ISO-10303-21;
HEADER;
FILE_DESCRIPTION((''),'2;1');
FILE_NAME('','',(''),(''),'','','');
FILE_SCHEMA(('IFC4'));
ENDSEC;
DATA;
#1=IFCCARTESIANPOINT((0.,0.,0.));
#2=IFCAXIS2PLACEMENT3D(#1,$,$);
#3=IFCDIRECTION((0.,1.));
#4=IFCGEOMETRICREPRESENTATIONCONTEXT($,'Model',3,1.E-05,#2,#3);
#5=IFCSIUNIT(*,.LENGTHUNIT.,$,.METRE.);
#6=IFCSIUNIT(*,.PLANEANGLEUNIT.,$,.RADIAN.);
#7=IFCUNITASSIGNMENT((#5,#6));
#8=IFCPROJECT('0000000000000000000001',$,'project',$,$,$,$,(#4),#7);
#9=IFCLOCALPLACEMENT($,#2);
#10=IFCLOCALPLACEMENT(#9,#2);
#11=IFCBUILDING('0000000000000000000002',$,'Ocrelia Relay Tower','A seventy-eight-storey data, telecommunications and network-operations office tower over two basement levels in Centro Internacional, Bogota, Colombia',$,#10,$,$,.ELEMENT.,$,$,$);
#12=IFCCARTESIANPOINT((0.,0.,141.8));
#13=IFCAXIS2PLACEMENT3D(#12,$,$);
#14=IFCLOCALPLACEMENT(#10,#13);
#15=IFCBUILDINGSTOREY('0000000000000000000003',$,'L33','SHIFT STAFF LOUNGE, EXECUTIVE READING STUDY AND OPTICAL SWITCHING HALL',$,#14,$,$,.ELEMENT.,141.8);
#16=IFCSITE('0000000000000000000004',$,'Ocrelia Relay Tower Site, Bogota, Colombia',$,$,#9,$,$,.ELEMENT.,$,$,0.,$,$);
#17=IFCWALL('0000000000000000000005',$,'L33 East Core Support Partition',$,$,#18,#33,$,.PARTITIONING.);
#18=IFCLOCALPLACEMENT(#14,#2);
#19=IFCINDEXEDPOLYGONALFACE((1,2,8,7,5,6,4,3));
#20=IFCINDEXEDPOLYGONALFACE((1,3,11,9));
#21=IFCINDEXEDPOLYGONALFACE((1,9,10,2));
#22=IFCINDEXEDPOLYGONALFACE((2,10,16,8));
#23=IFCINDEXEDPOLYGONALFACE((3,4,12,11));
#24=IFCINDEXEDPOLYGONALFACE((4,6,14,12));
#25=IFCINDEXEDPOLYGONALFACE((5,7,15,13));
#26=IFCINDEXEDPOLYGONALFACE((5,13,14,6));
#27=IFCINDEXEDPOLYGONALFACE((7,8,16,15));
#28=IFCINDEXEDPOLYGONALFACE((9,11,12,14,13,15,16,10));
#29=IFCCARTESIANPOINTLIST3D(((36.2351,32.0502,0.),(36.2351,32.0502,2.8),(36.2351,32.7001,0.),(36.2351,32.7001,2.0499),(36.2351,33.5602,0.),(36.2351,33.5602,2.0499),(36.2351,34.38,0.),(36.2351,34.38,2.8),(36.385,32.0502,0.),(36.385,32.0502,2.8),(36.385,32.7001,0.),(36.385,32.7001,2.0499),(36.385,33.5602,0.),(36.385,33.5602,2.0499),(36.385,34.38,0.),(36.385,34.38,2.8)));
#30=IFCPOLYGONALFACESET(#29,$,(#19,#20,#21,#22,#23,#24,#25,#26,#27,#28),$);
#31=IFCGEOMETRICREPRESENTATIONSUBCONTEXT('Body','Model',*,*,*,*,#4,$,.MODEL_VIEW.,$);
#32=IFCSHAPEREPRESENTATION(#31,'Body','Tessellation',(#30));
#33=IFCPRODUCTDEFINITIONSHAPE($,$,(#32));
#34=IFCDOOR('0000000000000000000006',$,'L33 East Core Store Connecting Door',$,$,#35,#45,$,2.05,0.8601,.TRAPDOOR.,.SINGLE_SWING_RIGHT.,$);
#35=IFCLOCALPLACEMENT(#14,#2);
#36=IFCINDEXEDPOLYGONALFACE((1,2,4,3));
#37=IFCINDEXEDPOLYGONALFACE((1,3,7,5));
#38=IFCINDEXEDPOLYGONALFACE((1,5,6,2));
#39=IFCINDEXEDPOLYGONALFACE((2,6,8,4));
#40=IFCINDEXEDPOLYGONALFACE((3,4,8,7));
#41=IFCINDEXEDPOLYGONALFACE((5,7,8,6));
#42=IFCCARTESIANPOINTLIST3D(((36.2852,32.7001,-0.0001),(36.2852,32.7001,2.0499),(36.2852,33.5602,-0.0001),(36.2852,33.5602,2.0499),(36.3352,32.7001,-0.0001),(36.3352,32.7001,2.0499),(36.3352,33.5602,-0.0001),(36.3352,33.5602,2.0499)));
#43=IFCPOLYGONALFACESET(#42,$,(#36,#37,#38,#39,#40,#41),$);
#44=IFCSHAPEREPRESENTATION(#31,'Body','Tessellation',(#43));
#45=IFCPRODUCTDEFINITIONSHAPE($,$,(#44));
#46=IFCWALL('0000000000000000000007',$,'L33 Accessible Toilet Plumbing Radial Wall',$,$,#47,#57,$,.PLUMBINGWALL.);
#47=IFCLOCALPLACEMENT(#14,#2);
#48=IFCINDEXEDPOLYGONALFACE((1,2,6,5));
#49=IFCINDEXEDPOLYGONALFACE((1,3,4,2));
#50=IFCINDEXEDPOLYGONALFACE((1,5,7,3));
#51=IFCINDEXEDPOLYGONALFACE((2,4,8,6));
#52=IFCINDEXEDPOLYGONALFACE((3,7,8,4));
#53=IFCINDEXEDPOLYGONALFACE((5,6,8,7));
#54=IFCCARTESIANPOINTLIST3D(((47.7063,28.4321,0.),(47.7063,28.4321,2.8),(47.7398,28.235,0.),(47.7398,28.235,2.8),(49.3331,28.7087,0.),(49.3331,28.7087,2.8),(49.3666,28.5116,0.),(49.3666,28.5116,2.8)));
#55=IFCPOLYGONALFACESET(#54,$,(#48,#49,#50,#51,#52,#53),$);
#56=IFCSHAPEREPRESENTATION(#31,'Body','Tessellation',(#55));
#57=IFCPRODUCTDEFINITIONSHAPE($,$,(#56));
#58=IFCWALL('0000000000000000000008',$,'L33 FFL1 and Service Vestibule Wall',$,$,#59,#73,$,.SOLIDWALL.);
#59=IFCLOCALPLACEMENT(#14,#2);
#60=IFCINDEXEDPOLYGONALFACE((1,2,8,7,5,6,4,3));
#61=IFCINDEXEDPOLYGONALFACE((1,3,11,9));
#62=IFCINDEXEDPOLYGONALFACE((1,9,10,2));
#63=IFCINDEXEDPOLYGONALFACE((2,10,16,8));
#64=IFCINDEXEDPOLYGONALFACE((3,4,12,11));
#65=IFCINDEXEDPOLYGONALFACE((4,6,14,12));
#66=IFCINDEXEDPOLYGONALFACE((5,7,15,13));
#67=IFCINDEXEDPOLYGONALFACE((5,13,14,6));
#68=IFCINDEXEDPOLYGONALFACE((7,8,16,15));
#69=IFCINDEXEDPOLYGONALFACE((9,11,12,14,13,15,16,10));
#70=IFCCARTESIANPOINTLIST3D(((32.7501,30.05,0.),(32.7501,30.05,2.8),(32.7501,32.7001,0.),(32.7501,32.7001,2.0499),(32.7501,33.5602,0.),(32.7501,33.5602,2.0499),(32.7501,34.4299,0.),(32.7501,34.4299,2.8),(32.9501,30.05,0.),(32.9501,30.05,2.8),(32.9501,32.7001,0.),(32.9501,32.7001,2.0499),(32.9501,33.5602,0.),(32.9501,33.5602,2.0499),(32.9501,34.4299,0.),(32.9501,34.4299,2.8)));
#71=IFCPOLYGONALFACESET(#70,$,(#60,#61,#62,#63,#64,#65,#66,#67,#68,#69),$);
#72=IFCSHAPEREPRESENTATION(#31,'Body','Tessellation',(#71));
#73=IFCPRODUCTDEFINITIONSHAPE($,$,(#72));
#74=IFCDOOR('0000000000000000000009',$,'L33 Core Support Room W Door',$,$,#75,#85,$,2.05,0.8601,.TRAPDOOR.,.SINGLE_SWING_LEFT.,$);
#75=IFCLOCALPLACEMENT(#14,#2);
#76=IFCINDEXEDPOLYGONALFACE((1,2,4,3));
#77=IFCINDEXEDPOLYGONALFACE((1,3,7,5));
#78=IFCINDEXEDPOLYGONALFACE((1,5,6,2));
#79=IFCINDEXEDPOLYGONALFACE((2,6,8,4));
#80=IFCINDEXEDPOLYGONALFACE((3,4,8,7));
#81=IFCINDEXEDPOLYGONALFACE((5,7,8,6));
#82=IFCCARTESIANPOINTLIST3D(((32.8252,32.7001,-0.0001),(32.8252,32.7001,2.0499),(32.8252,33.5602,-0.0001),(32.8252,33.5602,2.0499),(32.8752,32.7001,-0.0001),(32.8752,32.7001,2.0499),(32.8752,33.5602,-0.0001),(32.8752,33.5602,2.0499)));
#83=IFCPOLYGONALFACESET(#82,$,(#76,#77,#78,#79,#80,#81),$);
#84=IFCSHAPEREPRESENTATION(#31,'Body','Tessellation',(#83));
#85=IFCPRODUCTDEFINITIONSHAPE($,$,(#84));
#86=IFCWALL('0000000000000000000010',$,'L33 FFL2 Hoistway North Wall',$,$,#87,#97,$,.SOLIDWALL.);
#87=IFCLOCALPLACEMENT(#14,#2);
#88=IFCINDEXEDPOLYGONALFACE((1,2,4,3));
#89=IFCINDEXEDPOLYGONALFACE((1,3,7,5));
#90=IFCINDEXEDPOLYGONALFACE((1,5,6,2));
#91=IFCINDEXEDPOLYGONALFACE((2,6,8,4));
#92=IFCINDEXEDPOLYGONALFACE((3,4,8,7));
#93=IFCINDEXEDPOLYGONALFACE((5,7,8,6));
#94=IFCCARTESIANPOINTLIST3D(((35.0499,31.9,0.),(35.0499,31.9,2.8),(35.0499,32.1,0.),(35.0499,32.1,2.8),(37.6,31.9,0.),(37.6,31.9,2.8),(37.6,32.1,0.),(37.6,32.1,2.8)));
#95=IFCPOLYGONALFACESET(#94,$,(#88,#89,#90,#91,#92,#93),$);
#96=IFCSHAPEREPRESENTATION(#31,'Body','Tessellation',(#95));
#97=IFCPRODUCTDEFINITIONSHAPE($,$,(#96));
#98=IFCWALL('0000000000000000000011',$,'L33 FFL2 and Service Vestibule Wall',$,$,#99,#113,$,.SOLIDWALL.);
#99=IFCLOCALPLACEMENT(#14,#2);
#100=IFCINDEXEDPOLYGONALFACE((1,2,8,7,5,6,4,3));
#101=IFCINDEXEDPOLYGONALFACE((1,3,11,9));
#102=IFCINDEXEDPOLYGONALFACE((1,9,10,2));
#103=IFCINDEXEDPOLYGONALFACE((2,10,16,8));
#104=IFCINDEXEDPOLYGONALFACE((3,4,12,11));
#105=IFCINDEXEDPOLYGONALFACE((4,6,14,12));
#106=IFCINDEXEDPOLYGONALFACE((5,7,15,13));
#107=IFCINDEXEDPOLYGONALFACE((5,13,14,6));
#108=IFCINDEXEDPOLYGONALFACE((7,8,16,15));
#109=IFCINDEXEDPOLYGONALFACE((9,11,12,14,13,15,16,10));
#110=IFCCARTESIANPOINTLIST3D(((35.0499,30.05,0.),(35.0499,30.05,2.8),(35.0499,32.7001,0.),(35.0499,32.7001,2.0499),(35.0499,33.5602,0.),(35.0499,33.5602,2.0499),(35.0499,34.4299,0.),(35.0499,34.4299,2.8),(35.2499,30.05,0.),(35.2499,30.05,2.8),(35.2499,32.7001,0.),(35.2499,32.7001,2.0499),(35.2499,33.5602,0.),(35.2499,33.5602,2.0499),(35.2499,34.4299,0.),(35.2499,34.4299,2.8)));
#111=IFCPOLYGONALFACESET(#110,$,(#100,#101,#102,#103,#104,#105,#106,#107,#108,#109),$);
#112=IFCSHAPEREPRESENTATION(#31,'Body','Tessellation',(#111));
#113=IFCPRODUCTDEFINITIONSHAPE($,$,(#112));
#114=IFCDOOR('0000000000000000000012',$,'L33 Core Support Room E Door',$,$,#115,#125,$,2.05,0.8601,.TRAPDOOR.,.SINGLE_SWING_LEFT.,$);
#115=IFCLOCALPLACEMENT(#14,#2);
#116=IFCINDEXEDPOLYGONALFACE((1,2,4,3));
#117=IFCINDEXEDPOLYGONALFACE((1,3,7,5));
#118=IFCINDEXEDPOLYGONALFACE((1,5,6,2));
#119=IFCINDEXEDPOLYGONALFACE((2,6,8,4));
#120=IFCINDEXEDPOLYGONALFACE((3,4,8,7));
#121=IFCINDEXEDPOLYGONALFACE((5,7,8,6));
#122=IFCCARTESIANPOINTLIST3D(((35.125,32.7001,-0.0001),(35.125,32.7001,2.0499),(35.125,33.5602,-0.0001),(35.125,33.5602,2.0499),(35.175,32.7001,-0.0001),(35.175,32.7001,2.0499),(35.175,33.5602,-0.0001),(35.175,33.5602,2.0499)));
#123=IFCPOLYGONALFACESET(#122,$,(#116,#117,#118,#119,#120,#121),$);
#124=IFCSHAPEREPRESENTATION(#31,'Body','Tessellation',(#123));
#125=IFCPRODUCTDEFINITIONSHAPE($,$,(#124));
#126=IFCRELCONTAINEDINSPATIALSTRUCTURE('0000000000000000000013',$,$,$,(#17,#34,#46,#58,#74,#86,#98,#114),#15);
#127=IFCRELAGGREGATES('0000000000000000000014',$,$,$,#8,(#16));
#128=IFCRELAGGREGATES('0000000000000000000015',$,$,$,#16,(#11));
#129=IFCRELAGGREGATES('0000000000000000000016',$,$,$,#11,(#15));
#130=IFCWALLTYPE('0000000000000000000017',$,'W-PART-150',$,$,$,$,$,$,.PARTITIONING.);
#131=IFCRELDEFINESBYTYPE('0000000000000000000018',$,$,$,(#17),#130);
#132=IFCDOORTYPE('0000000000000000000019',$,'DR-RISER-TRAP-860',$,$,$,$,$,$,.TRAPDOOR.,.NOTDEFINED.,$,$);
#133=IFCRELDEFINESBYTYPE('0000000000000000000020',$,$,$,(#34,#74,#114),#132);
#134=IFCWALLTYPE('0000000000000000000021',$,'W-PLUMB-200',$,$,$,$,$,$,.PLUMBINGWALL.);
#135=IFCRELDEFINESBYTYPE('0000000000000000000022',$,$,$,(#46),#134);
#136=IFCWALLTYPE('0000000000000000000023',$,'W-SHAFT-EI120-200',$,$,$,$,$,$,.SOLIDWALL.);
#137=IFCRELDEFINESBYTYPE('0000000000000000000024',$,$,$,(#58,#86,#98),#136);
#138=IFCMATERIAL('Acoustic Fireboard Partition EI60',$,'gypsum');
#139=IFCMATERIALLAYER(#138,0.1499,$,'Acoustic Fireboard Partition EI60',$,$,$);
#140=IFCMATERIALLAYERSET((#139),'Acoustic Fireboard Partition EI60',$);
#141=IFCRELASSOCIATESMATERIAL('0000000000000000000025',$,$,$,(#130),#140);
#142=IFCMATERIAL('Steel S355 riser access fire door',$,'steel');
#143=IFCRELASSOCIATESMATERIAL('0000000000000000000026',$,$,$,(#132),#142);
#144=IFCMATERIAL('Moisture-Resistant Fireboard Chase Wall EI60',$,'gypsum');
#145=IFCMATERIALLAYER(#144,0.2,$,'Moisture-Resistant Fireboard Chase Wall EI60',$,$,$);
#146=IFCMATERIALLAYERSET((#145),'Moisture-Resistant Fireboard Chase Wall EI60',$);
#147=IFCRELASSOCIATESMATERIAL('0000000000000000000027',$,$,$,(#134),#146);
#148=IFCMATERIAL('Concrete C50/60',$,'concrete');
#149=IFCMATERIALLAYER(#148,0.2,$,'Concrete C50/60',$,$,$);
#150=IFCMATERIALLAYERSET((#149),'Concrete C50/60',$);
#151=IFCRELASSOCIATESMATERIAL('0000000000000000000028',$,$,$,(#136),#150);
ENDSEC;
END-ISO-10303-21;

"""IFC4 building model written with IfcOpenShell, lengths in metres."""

from ifc_helpers import new_model, si_unit, direction, frame, frame_2d, origin, place, context, subcontext, project, spatial, rectangle, extrude, material, layer, layer_set, type_object, element, fill, save


model = new_model("IFC4")

# Units and contexts
model_context = context("Model", 3, precision=1e-05, world=origin(), true_north=direction((0.0, 1.0)))
body_context = subcontext(model_context, "Body", "Model", "MODEL_VIEW")
ifc_project = project(units=[si_unit("LENGTHUNIT", "METRE"), si_unit("PLANEANGLEUNIT", "RADIAN")], contexts=[model_context])

# Site, building, storey
site_placement = place(None, origin())
site = spatial("IfcSite", under=ifc_project, at=site_placement, Name="Ocrelia Relay Tower Site, Bogota, Colombia", CompositionType="ELEMENT", RefElevation=0.0)
building_placement = place(site_placement, origin())
building = spatial("IfcBuilding", under=site, at=building_placement, Name="Ocrelia Relay Tower", Description="A seventy-eight-storey data, telecommunications and network-operations office tower over two basement levels in Centro Internacional, Bogota, Colombia", CompositionType="ELEMENT")
storey_placement = place(building_placement, frame((0.0, 0.0, 141.8)))
storey = spatial("IfcBuildingStorey", under=building, at=storey_placement, Name="L33", Description="SHIFT STAFF LOUNGE, EXECUTIVE READING STUDY AND OPTICAL SWITCHING HALL", CompositionType="ELEMENT", Elevation=141.8)

# Shared definitions
ifc_material_1 = material(Name="Concrete C50/60", Category="concrete")

# Wall, opening, door
ifc_material_2 = material(Name="Acoustic Fireboard Partition EI60", Category="gypsum")
ifc_layer_1 = layer(ifc_material_2, 0.1499, Name="Acoustic Fireboard Partition EI60")
ifc_layer_set_1 = layer_set([ifc_layer_1], Name="Acoustic Fireboard Partition EI60")
wall_type_1 = type_object("IfcWallType", Name="W-PART-150", PredefinedType="PARTITIONING", material=ifc_layer_set_1)
ifc_material_3 = material(Name="Steel S355 riser access fire door", Category="steel")
door_type_1 = type_object("IfcDoorType", Name="DR-RISER-TRAP-860", OperationType="NOTDEFINED", PredefinedType="TRAPDOOR", material=ifc_material_3)
wall_1_placement = place(storey_placement, frame((36.3101, 32.05, 0.0), z_axis=(0.0, 0.0, 1.0), x_axis=(0.0, 1.0, 0.0)))
wall_1 = element("IfcWall", 1, at=wall_1_placement, inside=storey, type_object=wall_type_1, Name="L33 East Core Support Partition", PredefinedType="PARTITIONING", context=body_context, shape_type="SweptSolid", body=[
    extrude(rectangle(XDim=2.3298, YDim=0.1499, at=frame_2d((1.165, 0.0))), origin(), (0.0, 0.0, 1.0), 2.8),
])
opening_1_placement = place(wall_1_placement, frame((0.6499, 0.0, 0.0)))
opening_1 = element("IfcOpeningElement", 2, at=opening_1_placement, cuts=wall_1, PredefinedType="OPENING", context=body_context, shape_type="SweptSolid", body=[
    extrude(rectangle(XDim=0.8601, YDim=2.05, at=frame_2d((0.4302, 1.0249))), frame((0.0, 0.085, 0.0), z_axis=(0.0, -1.0, 0.0), x_axis=(1.0, 0.0, 0.0)), (0.0, 0.0, 1.0), 0.1699),
])
door_1_placement = place(opening_1_placement, origin())
door_1 = element("IfcDoor", 3, at=door_1_placement, inside=storey, type_object=door_type_1, Name="L33 East Core Store Connecting Door", OperationType="SINGLE_SWING_RIGHT", OverallHeight=2.05, OverallWidth=0.8601, PredefinedType="TRAPDOOR", context=body_context, shape_type="SweptSolid", body=[
    extrude(rectangle(XDim=0.8601, YDim=2.05, at=frame_2d((0.4302, 1.0249))), frame((0.0, 0.0249, 0.0), z_axis=(0.0, -1.0, 0.0), x_axis=(1.0, 0.0, 0.0)), (0.0, 0.0, 1.0), 0.05),
])
fill(opening_1, door_1)

# Wall
ifc_material_4 = material(Name="Moisture-Resistant Fireboard Chase Wall EI60", Category="gypsum")
ifc_layer_2 = layer(ifc_material_4, 0.2, Name="Moisture-Resistant Fireboard Chase Wall EI60")
ifc_layer_set_2 = layer_set([ifc_layer_2], Name="Moisture-Resistant Fireboard Chase Wall EI60")
wall_type_2 = type_object("IfcWallType", Name="W-PLUMB-200", PredefinedType="PLUMBINGWALL", material=ifc_layer_set_2)
wall_2_placement = place(storey_placement, frame((47.7229, 28.3335, 0.0), z_axis=(0.0, 0.0, 1.0), x_axis=(0.985849, 0.167637, 0.0)))
element("IfcWall", 4, at=wall_2_placement, inside=storey, type_object=wall_type_2, Name="L33 Accessible Toilet Plumbing Radial Wall", PredefinedType="PLUMBINGWALL", context=body_context, shape_type="SweptSolid", body=[
    extrude(rectangle(XDim=1.6501, YDim=0.2, at=frame_2d((0.8252, 0.0))), origin(), (0.0, 0.0, 1.0), 2.8),
])

# Wall, opening, door
ifc_layer_3 = layer(ifc_material_1, 0.2, Name="Concrete C50/60")
ifc_layer_set_3 = layer_set([ifc_layer_3], Name="Concrete C50/60")
wall_type_3 = type_object("IfcWallType", Name="W-SHAFT-EI120-200", PredefinedType="SOLIDWALL", material=ifc_layer_set_3)
wall_3_placement = place(storey_placement, frame((32.8501, 30.05, 0.0), z_axis=(0.0, 0.0, 1.0), x_axis=(0.0, 1.0, 0.0)))
wall_3 = element("IfcWall", 5, at=wall_3_placement, inside=storey, type_object=wall_type_3, Name="L33 FFL1 and Service Vestibule Wall", PredefinedType="SOLIDWALL", context=body_context, shape_type="SweptSolid", body=[
    extrude(rectangle(XDim=4.3799, YDim=0.2, at=frame_2d((2.1899, 0.0))), origin(), (0.0, 0.0, 1.0), 2.8),
])
opening_2_placement = place(wall_3_placement, frame((2.6499, 0.0, 0.0)))
opening_2 = element("IfcOpeningElement", 6, at=opening_2_placement, cuts=wall_3, PredefinedType="OPENING", context=body_context, shape_type="SweptSolid", body=[
    extrude(rectangle(XDim=0.8601, YDim=2.05, at=frame_2d((0.4302, 1.0249))), frame((0.0, 0.1099, 0.0), z_axis=(0.0, -1.0, 0.0), x_axis=(1.0, 0.0, 0.0)), (0.0, 0.0, 1.0), 0.22),
])
door_2_placement = place(opening_2_placement, origin())
door_2 = element("IfcDoor", 7, at=door_2_placement, inside=storey, type_object=door_type_1, Name="L33 Core Support Room W Door", OperationType="SINGLE_SWING_LEFT", OverallHeight=2.05, OverallWidth=0.8601, PredefinedType="TRAPDOOR", context=body_context, shape_type="SweptSolid", body=[
    extrude(rectangle(XDim=0.8601, YDim=2.05, at=frame_2d((0.4302, 1.0249))), frame((0.0, 0.0249, 0.0), z_axis=(0.0, -1.0, 0.0), x_axis=(1.0, 0.0, 0.0)), (0.0, 0.0, 1.0), 0.05),
])
fill(opening_2, door_2)

# Wall
wall_4_placement = place(storey_placement, frame((35.05, 32.0, 0.0), z_axis=(0.0, 0.0, 1.0), x_axis=(1.0, 0.0, 0.0)))
element("IfcWall", 8, at=wall_4_placement, inside=storey, type_object=wall_type_3, Name="L33 FFL2 Hoistway North Wall", PredefinedType="SOLIDWALL", context=body_context, shape_type="SweptSolid", body=[
    extrude(rectangle(XDim=2.55, YDim=0.2, at=frame_2d((1.2749, 0.0))), origin(), (0.0, 0.0, 1.0), 2.8),
])

# Wall, opening, door
wall_5_placement = place(storey_placement, frame((35.1499, 30.05, 0.0), z_axis=(0.0, 0.0, 1.0), x_axis=(0.0, 1.0, 0.0)))
wall_5 = element("IfcWall", 9, at=wall_5_placement, inside=storey, type_object=wall_type_3, Name="L33 FFL2 and Service Vestibule Wall", PredefinedType="SOLIDWALL", context=body_context, shape_type="SweptSolid", body=[
    extrude(rectangle(XDim=4.3799, YDim=0.2, at=frame_2d((2.1899, 0.0))), origin(), (0.0, 0.0, 1.0), 2.8),
])
opening_3_placement = place(wall_5_placement, frame((2.6499, 0.0, 0.0)))
opening_3 = element("IfcOpeningElement", 10, at=opening_3_placement, cuts=wall_5, PredefinedType="OPENING", context=body_context, shape_type="SweptSolid", body=[
    extrude(rectangle(XDim=0.8601, YDim=2.05, at=frame_2d((0.4302, 1.0249))), frame((0.0, 0.1099, 0.0), z_axis=(0.0, -1.0, 0.0), x_axis=(1.0, 0.0, 0.0)), (0.0, 0.0, 1.0), 0.22),
])
door_3_placement = place(opening_3_placement, origin())
door_3 = element("IfcDoor", 11, at=door_3_placement, inside=storey, type_object=door_type_1, Name="L33 Core Support Room E Door", OperationType="SINGLE_SWING_LEFT", OverallHeight=2.05, OverallWidth=0.8601, PredefinedType="TRAPDOOR", context=body_context, shape_type="SweptSolid", body=[
    extrude(rectangle(XDim=0.8601, YDim=2.05, at=frame_2d((0.4302, 1.0249))), frame((0.0, 0.0249, 0.0), z_axis=(0.0, -1.0, 0.0), x_axis=(1.0, 0.0, 0.0)), (0.0, 0.0, 1.0), 0.05),
])
fill(opening_3, door_3)

save(model, "model.ifc")
